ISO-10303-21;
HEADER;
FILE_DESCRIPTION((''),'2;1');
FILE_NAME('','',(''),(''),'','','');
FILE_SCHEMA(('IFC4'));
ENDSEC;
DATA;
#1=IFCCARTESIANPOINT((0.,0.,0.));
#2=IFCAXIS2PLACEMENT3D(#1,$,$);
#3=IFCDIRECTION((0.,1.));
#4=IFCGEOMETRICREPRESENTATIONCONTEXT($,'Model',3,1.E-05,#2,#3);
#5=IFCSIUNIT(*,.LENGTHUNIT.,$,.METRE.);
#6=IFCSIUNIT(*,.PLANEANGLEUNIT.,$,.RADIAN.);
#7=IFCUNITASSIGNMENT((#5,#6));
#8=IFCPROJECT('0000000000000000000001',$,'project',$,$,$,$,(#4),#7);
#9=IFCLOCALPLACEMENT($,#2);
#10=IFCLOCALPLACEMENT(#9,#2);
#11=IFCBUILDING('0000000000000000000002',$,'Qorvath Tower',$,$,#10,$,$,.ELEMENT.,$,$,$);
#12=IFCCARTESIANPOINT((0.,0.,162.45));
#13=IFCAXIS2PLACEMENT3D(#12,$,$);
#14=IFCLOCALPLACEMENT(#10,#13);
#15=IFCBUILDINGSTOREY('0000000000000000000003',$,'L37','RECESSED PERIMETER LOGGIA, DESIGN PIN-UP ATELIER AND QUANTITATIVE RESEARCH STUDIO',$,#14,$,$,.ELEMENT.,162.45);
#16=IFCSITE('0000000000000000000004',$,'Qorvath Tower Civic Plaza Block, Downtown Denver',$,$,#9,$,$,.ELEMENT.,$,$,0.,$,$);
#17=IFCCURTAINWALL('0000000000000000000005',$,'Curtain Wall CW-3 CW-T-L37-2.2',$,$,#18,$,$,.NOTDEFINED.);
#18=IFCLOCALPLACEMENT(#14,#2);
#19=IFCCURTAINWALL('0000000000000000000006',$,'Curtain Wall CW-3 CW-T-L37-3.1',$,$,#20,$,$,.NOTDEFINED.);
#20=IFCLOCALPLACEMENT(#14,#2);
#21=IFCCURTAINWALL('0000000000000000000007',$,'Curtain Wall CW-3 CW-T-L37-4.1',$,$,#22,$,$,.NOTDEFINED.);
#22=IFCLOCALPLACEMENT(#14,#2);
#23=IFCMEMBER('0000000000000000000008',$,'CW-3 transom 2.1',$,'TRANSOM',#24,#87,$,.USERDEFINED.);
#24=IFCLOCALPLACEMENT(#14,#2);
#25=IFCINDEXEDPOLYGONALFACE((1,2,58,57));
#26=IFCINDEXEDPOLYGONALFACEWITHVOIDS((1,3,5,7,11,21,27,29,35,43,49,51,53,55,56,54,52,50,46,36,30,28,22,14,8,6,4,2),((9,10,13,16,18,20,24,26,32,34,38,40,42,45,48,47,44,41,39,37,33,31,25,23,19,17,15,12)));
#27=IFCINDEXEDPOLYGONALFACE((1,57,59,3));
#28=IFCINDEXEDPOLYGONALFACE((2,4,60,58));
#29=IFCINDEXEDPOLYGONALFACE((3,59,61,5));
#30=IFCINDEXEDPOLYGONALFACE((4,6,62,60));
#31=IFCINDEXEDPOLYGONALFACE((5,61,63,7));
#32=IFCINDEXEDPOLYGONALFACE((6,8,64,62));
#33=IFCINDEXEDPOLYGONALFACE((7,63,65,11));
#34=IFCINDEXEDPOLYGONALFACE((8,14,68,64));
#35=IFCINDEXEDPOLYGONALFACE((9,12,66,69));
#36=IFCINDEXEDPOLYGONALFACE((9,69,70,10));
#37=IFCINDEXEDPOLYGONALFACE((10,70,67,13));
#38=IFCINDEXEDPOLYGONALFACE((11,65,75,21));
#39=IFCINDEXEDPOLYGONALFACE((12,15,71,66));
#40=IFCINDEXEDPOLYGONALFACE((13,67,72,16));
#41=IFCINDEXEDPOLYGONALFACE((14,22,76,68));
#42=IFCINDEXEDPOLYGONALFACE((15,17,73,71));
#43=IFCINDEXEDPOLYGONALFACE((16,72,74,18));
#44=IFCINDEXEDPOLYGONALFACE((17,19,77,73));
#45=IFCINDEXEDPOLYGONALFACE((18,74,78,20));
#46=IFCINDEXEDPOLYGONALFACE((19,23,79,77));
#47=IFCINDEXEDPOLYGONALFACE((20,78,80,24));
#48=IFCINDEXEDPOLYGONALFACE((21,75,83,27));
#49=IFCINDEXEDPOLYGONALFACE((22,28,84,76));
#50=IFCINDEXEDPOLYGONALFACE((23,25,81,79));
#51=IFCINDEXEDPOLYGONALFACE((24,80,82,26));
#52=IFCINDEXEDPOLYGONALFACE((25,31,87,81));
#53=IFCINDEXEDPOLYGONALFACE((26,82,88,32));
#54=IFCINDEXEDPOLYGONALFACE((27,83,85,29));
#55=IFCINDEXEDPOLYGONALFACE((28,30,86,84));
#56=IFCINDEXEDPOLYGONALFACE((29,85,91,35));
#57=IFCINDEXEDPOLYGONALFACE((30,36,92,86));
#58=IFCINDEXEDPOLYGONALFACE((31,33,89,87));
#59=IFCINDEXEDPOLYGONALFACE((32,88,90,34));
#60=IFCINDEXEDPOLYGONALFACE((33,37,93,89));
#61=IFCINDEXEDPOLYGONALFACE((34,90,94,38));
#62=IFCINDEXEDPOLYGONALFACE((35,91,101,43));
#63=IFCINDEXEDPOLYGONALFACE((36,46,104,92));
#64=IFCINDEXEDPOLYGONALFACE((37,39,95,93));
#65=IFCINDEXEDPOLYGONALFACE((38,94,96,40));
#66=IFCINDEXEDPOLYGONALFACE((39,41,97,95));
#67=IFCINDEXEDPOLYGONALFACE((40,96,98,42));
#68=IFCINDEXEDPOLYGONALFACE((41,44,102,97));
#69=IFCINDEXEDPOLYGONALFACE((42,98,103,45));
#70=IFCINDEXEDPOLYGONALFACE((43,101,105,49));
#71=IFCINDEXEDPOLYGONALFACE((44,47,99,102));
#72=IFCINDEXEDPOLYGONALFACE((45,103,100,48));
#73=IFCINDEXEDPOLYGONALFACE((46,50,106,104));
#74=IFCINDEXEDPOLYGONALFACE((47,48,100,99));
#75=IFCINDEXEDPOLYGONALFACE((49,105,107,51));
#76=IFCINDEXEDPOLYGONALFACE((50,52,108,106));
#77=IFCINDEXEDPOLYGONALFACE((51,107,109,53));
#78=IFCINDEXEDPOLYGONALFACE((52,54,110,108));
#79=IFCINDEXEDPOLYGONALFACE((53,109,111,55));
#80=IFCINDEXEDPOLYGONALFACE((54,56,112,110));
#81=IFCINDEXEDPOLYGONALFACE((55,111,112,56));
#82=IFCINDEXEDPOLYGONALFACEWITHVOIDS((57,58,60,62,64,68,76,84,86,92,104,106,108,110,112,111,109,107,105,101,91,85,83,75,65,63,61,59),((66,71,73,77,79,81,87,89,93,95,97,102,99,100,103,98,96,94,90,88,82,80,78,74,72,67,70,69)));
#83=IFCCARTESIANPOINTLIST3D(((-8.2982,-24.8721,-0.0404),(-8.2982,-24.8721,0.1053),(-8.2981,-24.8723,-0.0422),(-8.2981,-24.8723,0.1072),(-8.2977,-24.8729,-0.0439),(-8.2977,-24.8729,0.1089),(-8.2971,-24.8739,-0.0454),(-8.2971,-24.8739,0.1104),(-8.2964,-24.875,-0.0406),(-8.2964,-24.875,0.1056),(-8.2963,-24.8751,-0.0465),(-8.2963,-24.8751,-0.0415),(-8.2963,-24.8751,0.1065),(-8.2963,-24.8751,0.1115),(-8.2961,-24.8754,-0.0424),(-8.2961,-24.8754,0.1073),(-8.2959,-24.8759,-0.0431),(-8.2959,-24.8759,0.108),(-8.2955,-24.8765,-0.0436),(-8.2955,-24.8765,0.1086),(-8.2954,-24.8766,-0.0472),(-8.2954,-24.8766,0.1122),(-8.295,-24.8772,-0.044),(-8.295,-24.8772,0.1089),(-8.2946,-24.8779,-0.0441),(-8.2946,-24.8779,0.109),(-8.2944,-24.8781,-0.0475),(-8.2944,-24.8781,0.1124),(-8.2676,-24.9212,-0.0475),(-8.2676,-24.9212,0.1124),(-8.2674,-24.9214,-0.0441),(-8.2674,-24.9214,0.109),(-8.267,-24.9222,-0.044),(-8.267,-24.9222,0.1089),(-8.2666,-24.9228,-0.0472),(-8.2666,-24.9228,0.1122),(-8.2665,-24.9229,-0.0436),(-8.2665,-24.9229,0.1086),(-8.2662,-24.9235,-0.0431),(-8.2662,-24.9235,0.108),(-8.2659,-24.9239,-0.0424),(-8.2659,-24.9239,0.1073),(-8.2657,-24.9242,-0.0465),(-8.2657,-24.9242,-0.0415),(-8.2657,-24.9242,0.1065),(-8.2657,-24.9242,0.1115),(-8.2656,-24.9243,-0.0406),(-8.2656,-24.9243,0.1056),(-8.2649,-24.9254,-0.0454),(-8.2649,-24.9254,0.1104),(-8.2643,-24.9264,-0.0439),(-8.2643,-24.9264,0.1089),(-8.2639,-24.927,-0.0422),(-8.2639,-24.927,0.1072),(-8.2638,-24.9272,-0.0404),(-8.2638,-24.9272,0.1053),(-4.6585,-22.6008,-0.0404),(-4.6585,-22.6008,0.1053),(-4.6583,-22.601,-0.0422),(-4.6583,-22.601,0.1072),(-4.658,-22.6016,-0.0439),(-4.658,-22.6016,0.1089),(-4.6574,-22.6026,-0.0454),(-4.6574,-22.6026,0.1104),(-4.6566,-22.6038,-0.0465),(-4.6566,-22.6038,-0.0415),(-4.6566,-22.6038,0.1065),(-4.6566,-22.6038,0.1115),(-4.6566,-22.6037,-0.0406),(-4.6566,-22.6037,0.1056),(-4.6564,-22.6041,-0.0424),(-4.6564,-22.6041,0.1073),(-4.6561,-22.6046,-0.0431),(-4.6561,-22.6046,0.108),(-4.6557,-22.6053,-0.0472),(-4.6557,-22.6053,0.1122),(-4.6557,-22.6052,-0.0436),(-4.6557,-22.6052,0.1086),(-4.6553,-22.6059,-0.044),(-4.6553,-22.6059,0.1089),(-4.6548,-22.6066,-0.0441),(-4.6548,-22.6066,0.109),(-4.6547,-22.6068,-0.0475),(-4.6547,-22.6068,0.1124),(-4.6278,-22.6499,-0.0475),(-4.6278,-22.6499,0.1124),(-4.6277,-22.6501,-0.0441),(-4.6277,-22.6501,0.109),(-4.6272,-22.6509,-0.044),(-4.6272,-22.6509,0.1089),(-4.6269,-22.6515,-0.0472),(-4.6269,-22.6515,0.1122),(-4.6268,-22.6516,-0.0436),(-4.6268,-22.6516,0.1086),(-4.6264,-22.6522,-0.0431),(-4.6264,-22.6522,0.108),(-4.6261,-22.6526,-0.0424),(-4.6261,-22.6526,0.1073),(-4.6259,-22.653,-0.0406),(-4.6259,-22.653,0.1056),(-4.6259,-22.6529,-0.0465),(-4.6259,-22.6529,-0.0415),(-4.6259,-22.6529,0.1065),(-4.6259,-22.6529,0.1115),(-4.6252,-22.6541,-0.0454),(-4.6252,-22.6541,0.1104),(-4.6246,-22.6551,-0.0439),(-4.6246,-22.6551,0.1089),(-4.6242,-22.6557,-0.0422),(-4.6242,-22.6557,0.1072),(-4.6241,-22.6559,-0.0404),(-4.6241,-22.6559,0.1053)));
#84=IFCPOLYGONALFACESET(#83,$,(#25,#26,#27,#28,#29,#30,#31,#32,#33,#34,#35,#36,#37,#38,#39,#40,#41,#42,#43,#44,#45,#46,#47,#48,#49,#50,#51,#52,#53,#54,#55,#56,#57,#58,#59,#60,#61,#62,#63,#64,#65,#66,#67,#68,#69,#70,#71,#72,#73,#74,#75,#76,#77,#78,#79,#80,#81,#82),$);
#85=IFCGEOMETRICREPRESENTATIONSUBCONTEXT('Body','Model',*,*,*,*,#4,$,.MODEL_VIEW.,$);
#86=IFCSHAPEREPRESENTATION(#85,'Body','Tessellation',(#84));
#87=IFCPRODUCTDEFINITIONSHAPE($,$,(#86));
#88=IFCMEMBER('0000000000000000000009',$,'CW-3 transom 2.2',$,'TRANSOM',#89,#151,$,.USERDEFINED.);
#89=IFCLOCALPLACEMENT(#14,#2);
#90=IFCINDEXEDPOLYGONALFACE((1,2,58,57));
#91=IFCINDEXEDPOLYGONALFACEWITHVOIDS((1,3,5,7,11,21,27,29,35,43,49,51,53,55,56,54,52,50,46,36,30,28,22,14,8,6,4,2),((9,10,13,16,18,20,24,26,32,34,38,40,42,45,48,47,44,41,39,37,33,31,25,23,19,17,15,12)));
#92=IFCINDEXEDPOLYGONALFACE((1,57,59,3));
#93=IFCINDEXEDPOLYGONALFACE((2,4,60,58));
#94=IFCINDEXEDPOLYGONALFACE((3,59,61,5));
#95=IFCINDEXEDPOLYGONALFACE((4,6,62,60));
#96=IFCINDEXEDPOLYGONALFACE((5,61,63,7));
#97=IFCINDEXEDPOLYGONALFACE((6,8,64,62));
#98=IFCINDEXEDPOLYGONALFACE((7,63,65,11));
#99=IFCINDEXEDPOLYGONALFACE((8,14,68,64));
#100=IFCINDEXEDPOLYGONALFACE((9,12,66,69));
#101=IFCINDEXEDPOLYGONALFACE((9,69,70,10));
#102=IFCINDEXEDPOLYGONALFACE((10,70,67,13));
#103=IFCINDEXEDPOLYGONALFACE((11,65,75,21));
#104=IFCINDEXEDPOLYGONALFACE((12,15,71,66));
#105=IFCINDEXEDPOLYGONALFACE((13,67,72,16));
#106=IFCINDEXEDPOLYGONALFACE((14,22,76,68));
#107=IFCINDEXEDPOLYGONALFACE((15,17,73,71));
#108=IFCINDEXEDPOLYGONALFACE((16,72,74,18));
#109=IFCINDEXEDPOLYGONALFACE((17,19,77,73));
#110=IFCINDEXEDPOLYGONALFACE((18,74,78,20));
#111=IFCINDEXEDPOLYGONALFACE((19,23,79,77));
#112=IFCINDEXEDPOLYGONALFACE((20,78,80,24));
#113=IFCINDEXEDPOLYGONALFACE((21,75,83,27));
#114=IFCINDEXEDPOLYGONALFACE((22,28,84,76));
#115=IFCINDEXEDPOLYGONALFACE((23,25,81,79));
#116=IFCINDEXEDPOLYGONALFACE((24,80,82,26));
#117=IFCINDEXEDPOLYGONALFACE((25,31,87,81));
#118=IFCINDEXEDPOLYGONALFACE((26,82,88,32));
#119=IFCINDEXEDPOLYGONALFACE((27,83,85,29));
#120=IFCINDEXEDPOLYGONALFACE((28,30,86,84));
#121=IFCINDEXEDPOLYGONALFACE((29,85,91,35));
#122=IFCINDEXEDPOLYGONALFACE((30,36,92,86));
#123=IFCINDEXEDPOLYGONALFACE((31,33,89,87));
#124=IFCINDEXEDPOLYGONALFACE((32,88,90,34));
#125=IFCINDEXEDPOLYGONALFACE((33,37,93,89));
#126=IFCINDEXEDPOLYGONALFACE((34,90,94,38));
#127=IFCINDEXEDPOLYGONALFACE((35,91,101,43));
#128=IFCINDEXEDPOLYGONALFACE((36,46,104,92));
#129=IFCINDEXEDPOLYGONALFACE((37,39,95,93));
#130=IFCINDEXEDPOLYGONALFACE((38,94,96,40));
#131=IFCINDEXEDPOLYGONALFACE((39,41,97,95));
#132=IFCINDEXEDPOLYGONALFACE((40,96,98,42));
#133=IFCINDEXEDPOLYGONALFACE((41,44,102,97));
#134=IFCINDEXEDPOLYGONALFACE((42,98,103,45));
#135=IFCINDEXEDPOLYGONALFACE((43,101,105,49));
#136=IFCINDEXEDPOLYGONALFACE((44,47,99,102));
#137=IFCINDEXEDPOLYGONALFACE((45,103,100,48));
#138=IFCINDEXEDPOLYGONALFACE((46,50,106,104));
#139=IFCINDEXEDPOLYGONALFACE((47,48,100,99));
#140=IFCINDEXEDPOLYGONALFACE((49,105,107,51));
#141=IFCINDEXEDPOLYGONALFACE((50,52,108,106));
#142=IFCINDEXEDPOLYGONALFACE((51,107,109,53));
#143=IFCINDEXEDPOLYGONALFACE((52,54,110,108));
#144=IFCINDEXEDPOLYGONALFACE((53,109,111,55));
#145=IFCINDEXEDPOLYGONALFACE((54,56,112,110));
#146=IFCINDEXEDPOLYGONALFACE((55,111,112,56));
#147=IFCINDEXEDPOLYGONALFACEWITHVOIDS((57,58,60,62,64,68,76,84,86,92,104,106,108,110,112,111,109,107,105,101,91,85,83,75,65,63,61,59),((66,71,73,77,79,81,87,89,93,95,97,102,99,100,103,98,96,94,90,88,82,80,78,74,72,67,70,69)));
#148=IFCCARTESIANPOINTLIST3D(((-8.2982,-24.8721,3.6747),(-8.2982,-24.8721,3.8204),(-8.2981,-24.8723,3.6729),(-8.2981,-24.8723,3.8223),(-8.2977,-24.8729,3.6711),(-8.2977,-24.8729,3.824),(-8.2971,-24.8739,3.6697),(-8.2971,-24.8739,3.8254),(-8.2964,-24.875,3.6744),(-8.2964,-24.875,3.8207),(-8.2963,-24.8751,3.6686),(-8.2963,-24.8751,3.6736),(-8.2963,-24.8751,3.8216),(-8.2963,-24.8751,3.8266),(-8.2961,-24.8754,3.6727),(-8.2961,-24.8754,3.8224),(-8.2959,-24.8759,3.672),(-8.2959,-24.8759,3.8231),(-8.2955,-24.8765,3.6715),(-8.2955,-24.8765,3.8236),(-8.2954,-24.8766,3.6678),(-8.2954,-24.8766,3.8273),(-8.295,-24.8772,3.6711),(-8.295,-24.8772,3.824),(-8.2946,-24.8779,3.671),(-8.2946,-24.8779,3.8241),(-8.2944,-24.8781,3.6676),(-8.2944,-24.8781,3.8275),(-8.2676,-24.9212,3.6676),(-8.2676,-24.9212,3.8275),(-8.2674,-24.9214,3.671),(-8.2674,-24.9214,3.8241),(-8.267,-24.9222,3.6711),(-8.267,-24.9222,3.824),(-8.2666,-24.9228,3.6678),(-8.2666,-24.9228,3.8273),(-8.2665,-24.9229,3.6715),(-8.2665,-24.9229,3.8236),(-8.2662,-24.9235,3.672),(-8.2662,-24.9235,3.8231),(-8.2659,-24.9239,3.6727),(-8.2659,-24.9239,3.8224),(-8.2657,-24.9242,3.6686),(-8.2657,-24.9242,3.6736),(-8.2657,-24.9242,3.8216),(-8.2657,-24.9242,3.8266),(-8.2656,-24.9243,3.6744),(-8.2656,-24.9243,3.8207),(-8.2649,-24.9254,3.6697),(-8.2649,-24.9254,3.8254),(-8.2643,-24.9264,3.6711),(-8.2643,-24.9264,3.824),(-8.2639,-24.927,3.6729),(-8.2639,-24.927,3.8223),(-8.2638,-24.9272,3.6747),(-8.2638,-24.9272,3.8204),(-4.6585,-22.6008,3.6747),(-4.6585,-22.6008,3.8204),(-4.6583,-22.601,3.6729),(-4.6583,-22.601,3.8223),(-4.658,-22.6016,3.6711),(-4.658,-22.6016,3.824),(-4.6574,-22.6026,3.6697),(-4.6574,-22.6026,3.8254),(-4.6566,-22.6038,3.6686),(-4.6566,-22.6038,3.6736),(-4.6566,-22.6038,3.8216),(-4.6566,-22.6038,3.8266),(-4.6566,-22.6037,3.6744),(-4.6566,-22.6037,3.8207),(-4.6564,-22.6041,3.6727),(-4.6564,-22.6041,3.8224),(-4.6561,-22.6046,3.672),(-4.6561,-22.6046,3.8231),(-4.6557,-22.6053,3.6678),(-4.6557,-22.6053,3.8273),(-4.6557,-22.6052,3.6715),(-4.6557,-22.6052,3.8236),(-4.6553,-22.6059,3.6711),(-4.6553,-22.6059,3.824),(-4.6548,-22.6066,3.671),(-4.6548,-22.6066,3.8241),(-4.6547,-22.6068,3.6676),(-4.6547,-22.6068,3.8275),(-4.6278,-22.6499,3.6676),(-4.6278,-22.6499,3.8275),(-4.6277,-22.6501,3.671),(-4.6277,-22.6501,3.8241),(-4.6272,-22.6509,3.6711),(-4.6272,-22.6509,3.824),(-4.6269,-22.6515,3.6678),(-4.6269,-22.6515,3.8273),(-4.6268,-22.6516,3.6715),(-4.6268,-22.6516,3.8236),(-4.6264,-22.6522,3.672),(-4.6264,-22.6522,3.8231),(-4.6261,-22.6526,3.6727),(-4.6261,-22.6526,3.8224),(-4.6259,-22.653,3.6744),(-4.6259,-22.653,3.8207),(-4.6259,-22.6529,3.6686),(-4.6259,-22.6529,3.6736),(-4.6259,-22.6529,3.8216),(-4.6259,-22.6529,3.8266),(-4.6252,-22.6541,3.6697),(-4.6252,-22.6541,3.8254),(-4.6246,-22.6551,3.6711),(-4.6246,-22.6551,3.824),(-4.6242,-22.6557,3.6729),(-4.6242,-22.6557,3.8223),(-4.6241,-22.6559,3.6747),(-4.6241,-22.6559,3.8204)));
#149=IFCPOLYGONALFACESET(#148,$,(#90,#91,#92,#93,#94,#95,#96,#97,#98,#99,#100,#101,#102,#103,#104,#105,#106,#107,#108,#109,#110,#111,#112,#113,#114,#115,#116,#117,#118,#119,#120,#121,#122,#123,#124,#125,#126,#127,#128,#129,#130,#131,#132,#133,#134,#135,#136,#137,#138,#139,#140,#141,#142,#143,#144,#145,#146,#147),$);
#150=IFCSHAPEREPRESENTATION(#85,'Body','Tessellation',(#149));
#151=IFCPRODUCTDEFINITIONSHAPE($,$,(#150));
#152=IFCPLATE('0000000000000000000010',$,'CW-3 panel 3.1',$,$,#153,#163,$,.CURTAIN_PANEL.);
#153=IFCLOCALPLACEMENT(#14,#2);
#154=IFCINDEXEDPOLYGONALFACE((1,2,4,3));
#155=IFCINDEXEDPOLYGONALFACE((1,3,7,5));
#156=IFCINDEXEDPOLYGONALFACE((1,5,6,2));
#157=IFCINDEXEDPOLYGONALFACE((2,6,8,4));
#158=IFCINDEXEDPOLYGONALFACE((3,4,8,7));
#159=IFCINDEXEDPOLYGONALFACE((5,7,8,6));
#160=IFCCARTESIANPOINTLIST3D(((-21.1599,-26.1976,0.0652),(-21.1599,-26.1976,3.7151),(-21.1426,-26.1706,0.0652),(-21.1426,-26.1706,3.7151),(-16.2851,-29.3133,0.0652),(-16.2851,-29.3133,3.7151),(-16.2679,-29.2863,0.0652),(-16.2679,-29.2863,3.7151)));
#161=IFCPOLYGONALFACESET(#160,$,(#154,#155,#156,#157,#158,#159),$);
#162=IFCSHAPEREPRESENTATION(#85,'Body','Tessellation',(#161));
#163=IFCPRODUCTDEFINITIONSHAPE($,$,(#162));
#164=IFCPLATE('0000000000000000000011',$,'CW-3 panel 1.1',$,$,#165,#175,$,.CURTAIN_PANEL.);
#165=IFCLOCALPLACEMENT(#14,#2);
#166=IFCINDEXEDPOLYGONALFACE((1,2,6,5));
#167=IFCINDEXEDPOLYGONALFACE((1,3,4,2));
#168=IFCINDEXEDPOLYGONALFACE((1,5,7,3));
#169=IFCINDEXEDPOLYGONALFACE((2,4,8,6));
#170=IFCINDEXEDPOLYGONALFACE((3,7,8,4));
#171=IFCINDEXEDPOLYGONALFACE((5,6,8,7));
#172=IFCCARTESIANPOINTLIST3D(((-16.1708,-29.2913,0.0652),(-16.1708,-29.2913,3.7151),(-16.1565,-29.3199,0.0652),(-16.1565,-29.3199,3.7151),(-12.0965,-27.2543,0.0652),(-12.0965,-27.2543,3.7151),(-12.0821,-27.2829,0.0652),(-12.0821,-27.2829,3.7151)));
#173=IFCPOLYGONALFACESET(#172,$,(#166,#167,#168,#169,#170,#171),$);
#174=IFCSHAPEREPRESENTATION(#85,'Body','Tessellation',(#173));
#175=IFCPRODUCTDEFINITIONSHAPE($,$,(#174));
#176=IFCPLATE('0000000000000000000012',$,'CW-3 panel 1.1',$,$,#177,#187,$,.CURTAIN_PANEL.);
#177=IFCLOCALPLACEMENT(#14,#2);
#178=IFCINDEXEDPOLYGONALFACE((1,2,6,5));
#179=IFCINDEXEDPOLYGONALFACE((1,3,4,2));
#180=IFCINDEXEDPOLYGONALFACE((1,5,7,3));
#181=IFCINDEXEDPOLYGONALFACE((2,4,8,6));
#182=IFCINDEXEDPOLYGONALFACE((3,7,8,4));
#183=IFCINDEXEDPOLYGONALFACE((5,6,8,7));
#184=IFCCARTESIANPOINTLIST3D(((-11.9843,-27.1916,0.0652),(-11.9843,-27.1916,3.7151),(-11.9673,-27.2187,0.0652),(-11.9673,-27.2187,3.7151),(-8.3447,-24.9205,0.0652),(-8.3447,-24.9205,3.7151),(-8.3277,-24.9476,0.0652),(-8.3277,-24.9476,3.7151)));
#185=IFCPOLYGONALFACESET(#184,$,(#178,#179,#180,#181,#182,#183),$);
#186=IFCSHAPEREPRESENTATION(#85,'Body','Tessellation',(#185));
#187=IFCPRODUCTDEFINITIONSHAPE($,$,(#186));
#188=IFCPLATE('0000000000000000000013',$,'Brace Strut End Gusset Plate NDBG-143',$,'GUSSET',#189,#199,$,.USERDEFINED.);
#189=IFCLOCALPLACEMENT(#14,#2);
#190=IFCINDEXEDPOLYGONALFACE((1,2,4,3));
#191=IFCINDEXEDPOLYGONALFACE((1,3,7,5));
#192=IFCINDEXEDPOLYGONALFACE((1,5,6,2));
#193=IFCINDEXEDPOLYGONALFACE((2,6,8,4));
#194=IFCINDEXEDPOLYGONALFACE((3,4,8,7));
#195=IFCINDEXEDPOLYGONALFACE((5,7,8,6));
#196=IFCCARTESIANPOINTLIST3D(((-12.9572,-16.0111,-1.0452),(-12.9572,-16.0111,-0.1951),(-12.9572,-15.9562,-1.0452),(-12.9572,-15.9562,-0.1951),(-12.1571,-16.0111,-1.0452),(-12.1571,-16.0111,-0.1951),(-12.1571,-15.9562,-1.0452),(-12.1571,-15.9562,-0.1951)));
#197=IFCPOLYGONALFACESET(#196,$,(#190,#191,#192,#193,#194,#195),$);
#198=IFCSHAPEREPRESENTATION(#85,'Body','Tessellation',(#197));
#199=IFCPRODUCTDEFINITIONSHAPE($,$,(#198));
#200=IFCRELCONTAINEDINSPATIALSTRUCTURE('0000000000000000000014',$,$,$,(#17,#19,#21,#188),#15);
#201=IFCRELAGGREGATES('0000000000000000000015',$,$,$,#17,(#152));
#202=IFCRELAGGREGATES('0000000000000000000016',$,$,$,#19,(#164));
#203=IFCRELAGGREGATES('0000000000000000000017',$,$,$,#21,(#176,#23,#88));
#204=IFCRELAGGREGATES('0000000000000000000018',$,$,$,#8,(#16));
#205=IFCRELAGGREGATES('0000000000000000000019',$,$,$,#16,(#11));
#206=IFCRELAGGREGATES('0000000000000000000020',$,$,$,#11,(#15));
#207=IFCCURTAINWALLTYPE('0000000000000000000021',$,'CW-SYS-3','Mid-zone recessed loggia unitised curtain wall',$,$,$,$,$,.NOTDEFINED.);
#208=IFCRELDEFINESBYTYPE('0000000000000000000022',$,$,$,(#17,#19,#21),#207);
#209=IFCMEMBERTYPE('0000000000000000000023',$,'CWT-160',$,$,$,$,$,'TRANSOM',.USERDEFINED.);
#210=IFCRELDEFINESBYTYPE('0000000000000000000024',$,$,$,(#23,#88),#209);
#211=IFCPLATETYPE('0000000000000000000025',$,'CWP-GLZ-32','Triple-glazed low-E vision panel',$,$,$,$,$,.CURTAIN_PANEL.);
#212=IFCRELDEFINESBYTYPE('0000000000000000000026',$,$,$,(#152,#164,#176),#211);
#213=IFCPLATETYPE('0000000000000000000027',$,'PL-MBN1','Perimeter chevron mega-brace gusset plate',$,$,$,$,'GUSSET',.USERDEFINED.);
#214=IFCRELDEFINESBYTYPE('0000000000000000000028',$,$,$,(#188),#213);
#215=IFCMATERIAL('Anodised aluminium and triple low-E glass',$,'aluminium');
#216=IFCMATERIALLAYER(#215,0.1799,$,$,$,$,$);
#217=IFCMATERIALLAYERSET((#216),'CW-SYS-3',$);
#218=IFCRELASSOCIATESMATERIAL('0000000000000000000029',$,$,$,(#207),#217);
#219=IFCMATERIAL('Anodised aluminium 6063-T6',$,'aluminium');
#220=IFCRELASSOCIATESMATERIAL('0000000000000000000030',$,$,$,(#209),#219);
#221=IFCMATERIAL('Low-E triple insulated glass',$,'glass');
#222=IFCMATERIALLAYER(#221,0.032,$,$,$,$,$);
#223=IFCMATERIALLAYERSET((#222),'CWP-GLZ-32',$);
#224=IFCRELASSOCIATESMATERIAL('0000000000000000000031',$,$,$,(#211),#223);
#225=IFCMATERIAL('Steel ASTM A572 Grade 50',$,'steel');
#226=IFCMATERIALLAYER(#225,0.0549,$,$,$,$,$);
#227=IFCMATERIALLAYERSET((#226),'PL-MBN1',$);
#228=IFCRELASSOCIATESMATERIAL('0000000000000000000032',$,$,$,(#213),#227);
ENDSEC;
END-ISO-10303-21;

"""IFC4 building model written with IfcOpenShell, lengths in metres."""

from ifc_helpers import new_model, si_unit, direction, frame, origin, origin_2d, place, context, subcontext, project, spatial, rectangle, hollow_rectangle, extrude, material, layer, layer_set, material_profile, profile_set, type_object, element, aggregate, save


model = new_model("IFC4")

# Units and contexts
model_context = context("Model", 3, precision=1e-05, world=origin(), true_north=direction((0.0, 1.0)))
body_context = subcontext(model_context, "Body", "Model", "MODEL_VIEW")
ifc_project = project(units=[si_unit("LENGTHUNIT", "METRE"), si_unit("PLANEANGLEUNIT", "RADIAN")], contexts=[model_context])

# Site, building, storey
site_placement = place(None, origin())
site = spatial("IfcSite", under=ifc_project, at=site_placement, Name="Qorvath Tower Civic Plaza Block, Downtown Denver", CompositionType="ELEMENT", RefElevation=0.0)
building_placement = place(site_placement, origin())
building = spatial("IfcBuilding", under=site, at=building_placement, Name="Qorvath Tower", CompositionType="ELEMENT")
storey_placement = place(building_placement, frame((0.0, 0.0, 162.45)))
storey = spatial("IfcBuildingStorey", under=building, at=storey_placement, Name="L37", Description="RECESSED PERIMETER LOGGIA, DESIGN PIN-UP ATELIER AND QUANTITATIVE RESEARCH STUDIO", CompositionType="ELEMENT", Elevation=162.45)

# Curtain wall
ifc_material_1 = material(Name="Anodised aluminium and triple low-E glass", Category="aluminium")
ifc_layer_1 = layer(ifc_material_1, 0.1799)
ifc_layer_set_1 = layer_set([ifc_layer_1], Name="CW-SYS-3")
curtain_wall_type = type_object("IfcCurtainWallType", Name="CW-SYS-3", Description="Mid-zone recessed loggia unitised curtain wall", PredefinedType="NOTDEFINED", material=ifc_layer_set_1)
curtain_wall_1_placement = place(storey_placement, origin())
curtain_wall_1 = element("IfcCurtainWall", 1, at=curtain_wall_1_placement, inside=storey, type_object=curtain_wall_type, Name="Curtain Wall CW-3 CW-T-L37-2.2", PredefinedType="NOTDEFINED")

# Curtain walls
curtain_wall_2_placement = place(storey_placement, origin())
curtain_wall_2 = element("IfcCurtainWall", 2, at=curtain_wall_2_placement, inside=storey, type_object=curtain_wall_type, Name="Curtain Wall CW-3 CW-T-L37-3.1", PredefinedType="NOTDEFINED")
curtain_wall_3_placement = place(storey_placement, origin())
curtain_wall_3 = element("IfcCurtainWall", 3, at=curtain_wall_3_placement, inside=storey, type_object=curtain_wall_type, Name="Curtain Wall CW-3 CW-T-L37-4.1", PredefinedType="NOTDEFINED")

# Members
ifc_material_2 = material(Name="Anodised aluminium 6063-T6", Category="aluminium")
ifc_material_profile_1 = material_profile(ifc_material_2, hollow_rectangle(XDim=0.0649, YDim=0.1599, WallThickness=0.0034, InnerFilletRadius=0.0034, OuterFilletRadius=0.0071, at=origin_2d()), Name="CWT 160x65")
ifc_profile_set_1 = profile_set([ifc_material_profile_1], Name="Anodised aluminium 6063-T6")
member_type_1 = type_object("IfcMemberType", Name="CWT-160", ElementType="TRANSOM", PredefinedType="USERDEFINED", material=ifc_profile_set_1)
member_1_placement = place(storey_placement, frame((-8.281, -24.8997, 0.0325), z_axis=(0.848369, 0.529405, 0.0), x_axis=(-0.529405, 0.848369, 0.0)))
member_1 = element("IfcMember", 4, at=member_1_placement, type_object=member_type_1, Name="CW-3 transom 2.1", ObjectType="TRANSOM", PredefinedType="USERDEFINED", context=body_context, shape_type="SweptSolid", body=[
    extrude(hollow_rectangle(XDim=0.0649, YDim=0.1599, WallThickness=0.0034, InnerFilletRadius=0.0034, OuterFilletRadius=0.0071, at=origin_2d()), origin(), (0.0, 0.0, 1.0), 4.2903),
])
member_2_placement = place(storey_placement, frame((-8.281, -24.8997, 3.7476), z_axis=(0.848369, 0.529405, 0.0), x_axis=(-0.529405, 0.848369, 0.0)))
member_2 = element("IfcMember", 5, at=member_2_placement, type_object=member_type_1, Name="CW-3 transom 2.2", ObjectType="TRANSOM", PredefinedType="USERDEFINED", context=body_context, shape_type="SweptSolid", body=[
    extrude(hollow_rectangle(XDim=0.0649, YDim=0.1599, WallThickness=0.0034, InnerFilletRadius=0.0034, OuterFilletRadius=0.0071, at=origin_2d()), origin(), (0.0, 0.0, 1.0), 4.2903),
])

# Plates
ifc_material_3 = material(Name="Low-E triple insulated glass", Category="glass")
ifc_layer_2 = layer(ifc_material_3, 0.032)
ifc_layer_set_2 = layer_set([ifc_layer_2], Name="CWP-GLZ-32")
plate_type_1 = type_object("IfcPlateType", Name="CWP-GLZ-32", Description="Triple-glazed low-E vision panel", PredefinedType="CURTAIN_PANEL", material=ifc_layer_set_2)
plate_1_placement = place(storey_placement, frame((-18.7139, -27.7419, 0.0652), z_axis=(0.0, 0.0, 1.0), x_axis=(0.8426, -0.53854, 0.0)))
plate_1 = element("IfcPlate", 6, at=plate_1_placement, type_object=plate_type_1, Name="CW-3 panel 3.1", PredefinedType="CURTAIN_PANEL", context=body_context, shape_type="SweptSolid", body=[
    extrude(rectangle(XDim=5.7854, YDim=0.032, at=origin_2d()), origin(), (0.0, 0.0, 1.0), 3.6499),
])
aggregate(curtain_wall_1, [plate_1])
plate_2_placement = place(storey_placement, frame((-14.1265, -28.2871, 0.0652), z_axis=(0.0, 0.0, 1.0), x_axis=(0.89444, 0.447188, 0.0)))
plate_2 = element("IfcPlate", 7, at=plate_2_placement, type_object=plate_type_1, Name="CW-3 panel 1.1", PredefinedType="CURTAIN_PANEL", context=body_context, shape_type="SweptSolid", body=[
    extrude(rectangle(XDim=4.5552, YDim=0.032, at=origin_2d()), origin(), (0.0, 0.0, 1.0), 3.6499),
])
aggregate(curtain_wall_2, [plate_2])
plate_3_placement = place(storey_placement, frame((-10.156, -26.0696, 0.0652), z_axis=(0.0, 0.0, 1.0), x_axis=(0.848382, 0.529384, 0.0)))
plate_3 = element("IfcPlate", 8, at=plate_3_placement, type_object=plate_type_1, Name="CW-3 panel 1.1", PredefinedType="CURTAIN_PANEL", context=body_context, shape_type="SweptSolid", body=[
    extrude(rectangle(XDim=4.29, YDim=0.032, at=origin_2d()), origin(), (0.0, 0.0, 1.0), 3.6499),
])
aggregate(curtain_wall_3, [plate_3, member_1, member_2])
ifc_material_4 = material(Name="Steel ASTM A572 Grade 50", Category="steel")
ifc_layer_3 = layer(ifc_material_4, 0.0549)
ifc_layer_set_3 = layer_set([ifc_layer_3], Name="PL-MBN1")
plate_type_2 = type_object("IfcPlateType", Name="PL-MBN1", Description="Perimeter chevron mega-brace gusset plate", ElementType="GUSSET", PredefinedType="USERDEFINED", material=ifc_layer_set_3)
plate_4_placement = place(storey_placement, frame((-12.5571, -15.9836, -1.0452), z_axis=(0.0, 0.0, 1.0), x_axis=(1.0, 0.0, 0.0)))
element("IfcPlate", 9, at=plate_4_placement, inside=storey, type_object=plate_type_2, Name="Brace Strut End Gusset Plate NDBG-143", ObjectType="GUSSET", PredefinedType="USERDEFINED", context=body_context, shape_type="SweptSolid", body=[
    extrude(rectangle(XDim=0.8, YDim=0.0549, at=origin_2d()), origin(), (0.0, 0.0, 1.0), 0.8501),
])

save(model, "model.ifc")
